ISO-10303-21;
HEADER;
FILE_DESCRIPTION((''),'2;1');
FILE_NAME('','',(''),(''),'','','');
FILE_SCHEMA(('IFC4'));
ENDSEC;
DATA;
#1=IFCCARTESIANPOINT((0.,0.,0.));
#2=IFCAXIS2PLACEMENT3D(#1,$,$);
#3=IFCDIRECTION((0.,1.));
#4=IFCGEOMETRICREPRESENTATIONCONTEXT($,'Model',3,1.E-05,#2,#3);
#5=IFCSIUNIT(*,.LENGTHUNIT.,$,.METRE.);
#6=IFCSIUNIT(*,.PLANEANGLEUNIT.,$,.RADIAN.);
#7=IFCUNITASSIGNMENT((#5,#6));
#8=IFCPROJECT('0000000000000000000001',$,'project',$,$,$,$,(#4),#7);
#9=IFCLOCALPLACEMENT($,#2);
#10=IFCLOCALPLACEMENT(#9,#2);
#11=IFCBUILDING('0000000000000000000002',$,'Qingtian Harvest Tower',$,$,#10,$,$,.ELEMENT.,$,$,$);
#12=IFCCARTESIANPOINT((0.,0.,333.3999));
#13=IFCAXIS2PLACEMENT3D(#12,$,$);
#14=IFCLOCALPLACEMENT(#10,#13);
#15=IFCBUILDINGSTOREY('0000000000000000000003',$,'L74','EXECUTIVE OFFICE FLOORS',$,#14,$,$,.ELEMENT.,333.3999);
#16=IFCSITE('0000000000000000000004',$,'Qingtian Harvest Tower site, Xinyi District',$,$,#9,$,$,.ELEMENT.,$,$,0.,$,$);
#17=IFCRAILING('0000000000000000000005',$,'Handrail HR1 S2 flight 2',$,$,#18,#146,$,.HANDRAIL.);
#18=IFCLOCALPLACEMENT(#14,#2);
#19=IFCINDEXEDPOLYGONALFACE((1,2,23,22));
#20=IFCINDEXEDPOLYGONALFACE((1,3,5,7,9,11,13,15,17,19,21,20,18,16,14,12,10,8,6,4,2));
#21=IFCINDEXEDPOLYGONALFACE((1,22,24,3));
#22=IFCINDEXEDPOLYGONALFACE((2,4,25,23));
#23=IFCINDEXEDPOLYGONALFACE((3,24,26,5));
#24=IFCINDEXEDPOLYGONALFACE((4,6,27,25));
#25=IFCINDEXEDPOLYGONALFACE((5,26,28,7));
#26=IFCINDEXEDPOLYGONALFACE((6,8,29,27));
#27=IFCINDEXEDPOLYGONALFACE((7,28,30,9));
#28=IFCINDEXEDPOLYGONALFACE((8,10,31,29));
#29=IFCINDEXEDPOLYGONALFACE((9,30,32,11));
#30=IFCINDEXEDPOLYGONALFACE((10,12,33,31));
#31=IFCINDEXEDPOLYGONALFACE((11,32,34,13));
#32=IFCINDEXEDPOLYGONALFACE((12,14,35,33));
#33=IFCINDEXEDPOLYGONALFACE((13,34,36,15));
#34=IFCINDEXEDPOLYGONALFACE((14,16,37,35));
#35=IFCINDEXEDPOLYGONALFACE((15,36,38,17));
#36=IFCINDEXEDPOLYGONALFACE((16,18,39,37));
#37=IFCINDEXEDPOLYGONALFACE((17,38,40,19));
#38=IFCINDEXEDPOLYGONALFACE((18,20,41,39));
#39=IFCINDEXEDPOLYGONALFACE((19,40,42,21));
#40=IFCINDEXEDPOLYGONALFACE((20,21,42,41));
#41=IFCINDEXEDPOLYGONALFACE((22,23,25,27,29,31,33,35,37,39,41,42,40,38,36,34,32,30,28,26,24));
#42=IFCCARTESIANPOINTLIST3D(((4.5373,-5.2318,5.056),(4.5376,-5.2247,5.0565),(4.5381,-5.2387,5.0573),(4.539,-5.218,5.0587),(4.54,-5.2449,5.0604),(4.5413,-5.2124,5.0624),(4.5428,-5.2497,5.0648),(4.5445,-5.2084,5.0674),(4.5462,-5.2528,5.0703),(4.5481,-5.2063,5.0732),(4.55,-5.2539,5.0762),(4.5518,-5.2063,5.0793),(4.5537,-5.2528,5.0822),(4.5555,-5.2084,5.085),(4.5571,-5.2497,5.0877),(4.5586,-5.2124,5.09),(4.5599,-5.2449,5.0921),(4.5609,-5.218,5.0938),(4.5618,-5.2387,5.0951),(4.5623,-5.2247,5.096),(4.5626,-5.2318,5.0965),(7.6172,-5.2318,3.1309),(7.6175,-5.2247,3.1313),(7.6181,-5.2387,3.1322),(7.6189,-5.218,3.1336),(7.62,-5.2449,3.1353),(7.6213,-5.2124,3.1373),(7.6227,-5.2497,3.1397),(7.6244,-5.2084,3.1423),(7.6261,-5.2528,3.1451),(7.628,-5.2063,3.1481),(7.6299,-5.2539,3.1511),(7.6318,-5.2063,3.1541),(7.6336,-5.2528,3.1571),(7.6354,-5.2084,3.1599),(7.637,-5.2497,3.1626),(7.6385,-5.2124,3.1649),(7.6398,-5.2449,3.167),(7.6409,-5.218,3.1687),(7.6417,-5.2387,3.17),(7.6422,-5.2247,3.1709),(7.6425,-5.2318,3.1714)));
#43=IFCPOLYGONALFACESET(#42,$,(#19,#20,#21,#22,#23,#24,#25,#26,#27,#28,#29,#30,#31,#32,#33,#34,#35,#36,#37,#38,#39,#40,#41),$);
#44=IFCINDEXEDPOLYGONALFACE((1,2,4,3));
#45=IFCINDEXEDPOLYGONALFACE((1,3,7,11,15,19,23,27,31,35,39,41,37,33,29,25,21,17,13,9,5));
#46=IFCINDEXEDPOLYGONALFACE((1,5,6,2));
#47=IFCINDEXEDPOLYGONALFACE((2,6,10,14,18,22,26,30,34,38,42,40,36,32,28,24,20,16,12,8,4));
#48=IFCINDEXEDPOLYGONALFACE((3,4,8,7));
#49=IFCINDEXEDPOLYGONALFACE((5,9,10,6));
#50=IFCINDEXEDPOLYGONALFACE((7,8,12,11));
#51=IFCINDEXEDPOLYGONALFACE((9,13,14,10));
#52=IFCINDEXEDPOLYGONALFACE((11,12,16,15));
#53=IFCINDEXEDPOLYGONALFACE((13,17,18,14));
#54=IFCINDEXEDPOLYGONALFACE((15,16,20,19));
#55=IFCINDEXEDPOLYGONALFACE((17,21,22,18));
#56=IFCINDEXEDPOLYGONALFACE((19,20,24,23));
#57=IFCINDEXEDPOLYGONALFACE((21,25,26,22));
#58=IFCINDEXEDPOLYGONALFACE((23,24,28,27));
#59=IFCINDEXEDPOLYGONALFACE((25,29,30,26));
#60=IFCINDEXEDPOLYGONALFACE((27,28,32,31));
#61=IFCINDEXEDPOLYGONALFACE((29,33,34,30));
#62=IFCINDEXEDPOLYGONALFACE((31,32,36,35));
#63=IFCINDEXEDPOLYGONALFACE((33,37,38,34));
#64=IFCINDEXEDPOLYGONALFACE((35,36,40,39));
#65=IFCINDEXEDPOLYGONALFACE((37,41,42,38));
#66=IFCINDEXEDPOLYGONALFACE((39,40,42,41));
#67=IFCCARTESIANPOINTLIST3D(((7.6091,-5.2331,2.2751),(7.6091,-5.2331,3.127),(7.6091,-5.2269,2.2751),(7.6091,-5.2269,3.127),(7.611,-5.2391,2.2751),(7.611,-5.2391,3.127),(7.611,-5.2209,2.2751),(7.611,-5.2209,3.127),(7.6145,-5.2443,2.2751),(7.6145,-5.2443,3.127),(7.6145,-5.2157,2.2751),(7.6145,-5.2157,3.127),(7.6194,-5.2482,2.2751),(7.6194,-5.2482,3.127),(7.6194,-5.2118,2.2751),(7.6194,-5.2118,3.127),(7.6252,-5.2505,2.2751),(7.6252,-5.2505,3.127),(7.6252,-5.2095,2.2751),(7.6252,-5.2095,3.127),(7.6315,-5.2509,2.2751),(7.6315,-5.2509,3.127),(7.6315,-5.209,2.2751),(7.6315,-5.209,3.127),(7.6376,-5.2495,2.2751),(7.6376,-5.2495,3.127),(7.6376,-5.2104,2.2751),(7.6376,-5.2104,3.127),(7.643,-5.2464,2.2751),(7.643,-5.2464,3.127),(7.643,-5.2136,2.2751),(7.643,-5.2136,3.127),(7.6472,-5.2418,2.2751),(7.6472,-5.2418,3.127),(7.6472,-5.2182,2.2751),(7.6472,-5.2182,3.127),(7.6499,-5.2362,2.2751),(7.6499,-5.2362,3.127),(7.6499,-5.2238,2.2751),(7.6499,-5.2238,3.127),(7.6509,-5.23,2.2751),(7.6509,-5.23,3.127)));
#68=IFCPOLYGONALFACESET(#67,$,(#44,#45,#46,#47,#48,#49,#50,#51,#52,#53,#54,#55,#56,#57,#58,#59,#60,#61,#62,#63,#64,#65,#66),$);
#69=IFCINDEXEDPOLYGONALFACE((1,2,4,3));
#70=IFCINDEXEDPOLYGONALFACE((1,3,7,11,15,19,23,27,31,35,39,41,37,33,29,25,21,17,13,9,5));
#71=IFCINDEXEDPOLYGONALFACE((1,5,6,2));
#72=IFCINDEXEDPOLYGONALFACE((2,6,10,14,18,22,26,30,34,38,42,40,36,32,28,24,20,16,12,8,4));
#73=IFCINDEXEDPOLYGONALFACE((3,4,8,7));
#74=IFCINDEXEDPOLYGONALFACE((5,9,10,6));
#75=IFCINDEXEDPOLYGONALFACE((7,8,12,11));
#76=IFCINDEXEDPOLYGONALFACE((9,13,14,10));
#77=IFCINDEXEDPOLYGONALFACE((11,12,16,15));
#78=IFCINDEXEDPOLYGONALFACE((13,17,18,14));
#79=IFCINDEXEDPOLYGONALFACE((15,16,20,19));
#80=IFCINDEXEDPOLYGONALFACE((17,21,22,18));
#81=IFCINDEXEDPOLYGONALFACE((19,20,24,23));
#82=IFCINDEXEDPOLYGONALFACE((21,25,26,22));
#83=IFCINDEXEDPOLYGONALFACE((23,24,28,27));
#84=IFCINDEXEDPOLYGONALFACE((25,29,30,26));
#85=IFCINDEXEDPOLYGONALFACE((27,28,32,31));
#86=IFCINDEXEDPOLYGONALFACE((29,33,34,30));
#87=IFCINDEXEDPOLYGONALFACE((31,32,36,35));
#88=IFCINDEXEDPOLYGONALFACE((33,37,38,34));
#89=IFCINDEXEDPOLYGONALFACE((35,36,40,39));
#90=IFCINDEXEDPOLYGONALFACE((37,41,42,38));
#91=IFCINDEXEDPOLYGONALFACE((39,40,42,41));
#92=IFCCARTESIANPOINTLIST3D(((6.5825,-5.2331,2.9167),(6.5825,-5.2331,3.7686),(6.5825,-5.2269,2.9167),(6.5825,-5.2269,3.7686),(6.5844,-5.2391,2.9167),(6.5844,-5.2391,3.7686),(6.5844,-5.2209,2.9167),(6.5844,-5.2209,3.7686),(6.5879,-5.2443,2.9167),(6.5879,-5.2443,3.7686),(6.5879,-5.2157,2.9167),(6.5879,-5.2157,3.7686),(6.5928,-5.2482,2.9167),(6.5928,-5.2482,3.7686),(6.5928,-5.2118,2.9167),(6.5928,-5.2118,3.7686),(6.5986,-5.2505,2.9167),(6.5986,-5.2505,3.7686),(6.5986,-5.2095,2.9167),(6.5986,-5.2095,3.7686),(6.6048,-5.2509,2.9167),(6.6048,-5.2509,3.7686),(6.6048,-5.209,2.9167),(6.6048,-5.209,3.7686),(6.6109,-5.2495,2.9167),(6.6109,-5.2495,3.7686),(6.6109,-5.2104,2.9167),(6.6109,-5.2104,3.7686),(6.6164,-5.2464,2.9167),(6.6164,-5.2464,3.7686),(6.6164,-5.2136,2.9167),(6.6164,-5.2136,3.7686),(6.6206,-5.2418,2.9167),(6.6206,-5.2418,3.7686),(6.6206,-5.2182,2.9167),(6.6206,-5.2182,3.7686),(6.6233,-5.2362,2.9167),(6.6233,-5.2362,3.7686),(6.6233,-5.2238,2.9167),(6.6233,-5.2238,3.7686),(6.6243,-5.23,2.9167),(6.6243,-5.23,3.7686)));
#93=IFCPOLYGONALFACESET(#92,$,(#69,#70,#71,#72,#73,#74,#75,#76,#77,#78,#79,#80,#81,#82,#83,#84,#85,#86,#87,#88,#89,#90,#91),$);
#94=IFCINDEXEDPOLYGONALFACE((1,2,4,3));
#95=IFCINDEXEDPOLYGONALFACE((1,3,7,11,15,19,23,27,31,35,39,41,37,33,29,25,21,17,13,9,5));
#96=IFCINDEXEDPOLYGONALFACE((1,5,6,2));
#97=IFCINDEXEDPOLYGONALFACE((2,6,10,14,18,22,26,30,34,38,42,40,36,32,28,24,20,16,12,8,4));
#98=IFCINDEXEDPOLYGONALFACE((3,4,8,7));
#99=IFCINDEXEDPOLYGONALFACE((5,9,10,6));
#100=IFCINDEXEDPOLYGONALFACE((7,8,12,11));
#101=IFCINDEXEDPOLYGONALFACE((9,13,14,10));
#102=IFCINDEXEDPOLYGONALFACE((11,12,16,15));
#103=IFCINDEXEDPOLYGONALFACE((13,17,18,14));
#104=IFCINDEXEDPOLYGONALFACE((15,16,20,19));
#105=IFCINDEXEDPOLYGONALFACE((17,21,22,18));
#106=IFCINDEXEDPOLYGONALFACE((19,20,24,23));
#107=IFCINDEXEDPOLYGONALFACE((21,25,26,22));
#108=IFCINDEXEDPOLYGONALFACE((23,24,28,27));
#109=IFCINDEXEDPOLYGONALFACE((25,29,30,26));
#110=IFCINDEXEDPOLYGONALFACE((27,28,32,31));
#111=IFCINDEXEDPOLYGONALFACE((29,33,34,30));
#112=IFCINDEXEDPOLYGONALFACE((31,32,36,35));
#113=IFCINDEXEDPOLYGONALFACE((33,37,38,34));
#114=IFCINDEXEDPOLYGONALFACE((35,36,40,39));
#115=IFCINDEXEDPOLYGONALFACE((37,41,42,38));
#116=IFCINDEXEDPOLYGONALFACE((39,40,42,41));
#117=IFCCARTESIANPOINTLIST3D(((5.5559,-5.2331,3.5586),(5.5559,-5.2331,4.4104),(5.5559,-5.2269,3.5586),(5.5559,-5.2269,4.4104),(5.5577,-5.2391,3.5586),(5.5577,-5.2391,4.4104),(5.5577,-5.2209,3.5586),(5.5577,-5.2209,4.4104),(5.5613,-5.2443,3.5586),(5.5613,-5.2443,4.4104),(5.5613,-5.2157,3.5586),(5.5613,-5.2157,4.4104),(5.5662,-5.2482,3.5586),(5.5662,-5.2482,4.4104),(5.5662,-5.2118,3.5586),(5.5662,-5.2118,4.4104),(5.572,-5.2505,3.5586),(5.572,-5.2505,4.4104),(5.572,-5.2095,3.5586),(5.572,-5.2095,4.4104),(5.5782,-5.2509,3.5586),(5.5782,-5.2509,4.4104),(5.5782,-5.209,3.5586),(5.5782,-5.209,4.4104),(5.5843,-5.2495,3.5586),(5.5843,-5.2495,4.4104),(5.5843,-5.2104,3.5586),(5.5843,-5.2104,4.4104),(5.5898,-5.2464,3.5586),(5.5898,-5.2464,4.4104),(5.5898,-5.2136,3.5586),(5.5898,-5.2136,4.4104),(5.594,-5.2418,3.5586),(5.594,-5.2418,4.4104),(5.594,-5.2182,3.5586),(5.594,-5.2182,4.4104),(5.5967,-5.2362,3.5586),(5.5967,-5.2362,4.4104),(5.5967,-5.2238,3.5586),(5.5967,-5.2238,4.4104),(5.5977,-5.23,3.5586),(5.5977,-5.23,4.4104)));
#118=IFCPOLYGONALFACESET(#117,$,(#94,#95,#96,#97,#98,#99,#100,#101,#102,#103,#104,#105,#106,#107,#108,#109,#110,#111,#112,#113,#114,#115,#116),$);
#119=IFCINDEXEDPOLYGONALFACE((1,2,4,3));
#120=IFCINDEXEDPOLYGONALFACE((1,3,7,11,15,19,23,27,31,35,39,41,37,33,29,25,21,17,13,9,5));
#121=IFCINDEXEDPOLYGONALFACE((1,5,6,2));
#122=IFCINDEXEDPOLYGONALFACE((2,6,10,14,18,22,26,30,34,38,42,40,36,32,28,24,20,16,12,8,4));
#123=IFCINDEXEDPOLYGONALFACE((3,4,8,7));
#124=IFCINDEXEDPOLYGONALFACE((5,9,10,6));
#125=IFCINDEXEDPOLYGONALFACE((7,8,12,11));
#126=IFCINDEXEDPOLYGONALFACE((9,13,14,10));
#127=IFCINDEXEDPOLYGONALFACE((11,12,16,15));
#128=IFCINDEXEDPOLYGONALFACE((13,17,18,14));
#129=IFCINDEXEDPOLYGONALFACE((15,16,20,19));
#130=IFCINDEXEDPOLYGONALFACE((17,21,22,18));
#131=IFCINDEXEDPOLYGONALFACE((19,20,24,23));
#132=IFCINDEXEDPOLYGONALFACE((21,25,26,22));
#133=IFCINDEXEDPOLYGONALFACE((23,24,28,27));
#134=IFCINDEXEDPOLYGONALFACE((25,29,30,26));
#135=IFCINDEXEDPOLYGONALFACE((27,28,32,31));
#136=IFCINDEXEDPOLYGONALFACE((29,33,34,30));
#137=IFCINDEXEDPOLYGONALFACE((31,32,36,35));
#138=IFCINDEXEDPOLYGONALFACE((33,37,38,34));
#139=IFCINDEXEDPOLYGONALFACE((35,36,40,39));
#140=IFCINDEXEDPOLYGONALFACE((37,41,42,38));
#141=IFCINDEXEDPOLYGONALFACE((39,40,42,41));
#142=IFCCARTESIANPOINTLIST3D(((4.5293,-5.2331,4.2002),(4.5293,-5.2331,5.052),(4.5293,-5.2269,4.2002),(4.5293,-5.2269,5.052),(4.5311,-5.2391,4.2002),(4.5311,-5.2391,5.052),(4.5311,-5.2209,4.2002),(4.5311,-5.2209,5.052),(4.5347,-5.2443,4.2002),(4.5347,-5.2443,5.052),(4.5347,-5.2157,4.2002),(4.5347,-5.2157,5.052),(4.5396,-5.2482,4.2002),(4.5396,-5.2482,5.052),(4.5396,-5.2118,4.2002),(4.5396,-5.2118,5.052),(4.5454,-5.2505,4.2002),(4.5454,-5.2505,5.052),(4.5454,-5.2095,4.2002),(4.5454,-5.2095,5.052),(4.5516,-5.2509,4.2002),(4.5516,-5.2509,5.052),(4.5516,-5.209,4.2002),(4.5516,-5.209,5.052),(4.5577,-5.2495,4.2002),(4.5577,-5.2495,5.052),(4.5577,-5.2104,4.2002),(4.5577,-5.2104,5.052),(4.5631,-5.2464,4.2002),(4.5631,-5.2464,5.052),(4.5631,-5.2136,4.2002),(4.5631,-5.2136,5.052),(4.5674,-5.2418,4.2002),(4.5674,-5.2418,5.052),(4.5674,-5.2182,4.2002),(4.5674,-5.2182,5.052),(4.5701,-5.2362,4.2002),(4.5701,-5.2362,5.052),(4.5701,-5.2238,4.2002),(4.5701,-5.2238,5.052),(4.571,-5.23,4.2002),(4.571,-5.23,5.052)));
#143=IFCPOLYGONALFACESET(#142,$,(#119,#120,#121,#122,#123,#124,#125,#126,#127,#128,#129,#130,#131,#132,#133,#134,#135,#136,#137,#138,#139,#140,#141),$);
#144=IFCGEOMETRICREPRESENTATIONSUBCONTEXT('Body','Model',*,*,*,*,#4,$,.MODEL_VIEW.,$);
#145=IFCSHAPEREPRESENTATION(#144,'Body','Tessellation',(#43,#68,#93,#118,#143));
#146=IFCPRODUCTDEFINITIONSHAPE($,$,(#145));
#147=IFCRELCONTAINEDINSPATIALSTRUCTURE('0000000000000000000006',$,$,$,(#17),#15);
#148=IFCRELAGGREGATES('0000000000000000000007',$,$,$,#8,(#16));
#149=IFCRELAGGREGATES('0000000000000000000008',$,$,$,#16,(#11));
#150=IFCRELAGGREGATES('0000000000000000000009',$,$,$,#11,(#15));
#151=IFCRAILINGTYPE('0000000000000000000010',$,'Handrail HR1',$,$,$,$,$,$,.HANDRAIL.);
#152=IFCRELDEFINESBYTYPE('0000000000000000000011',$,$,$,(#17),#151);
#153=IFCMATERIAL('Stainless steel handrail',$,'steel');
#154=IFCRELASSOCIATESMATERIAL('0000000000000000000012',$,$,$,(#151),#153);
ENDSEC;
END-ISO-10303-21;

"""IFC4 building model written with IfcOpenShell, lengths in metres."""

from ifc_helpers import new_model, si_unit, direction, frame, origin, origin_2d, place, context, subcontext, project, spatial, circle, extrude, material, type_object, element, save


model = new_model("IFC4")

# Units and contexts
model_context = context("Model", 3, precision=1e-05, world=origin(), true_north=direction((0.0, 1.0)))
body_context = subcontext(model_context, "Body", "Model", "MODEL_VIEW")
ifc_project = project(units=[si_unit("LENGTHUNIT", "METRE"), si_unit("PLANEANGLEUNIT", "RADIAN")], contexts=[model_context])

# Site, building, storey
site_placement = place(None, origin())
site = spatial("IfcSite", under=ifc_project, at=site_placement, Name="Qingtian Harvest Tower site, Xinyi District", CompositionType="ELEMENT", RefElevation=0.0)
building_placement = place(site_placement, origin())
building = spatial("IfcBuilding", under=site, at=building_placement, Name="Qingtian Harvest Tower", CompositionType="ELEMENT")
storey_placement = place(building_placement, frame((0.0, 0.0, 333.3999)))
storey = spatial("IfcBuildingStorey", under=building, at=storey_placement, Name="L74", Description="EXECUTIVE OFFICE FLOORS", CompositionType="ELEMENT", Elevation=333.3999)

# Railing
ifc_material_1 = material(Name="Stainless steel handrail", Category="steel")
railing_type = type_object("IfcRailingType", Name="Handrail HR1", PredefinedType="HANDRAIL", material=ifc_material_1)
railing_1_placement = place(storey_placement, frame((7.6299, -5.23, 2.2751)))
element("IfcRailing", 1, at=railing_1_placement, inside=storey, type_object=railing_type, Name="Handrail HR1 S2 flight 2", PredefinedType="HANDRAIL", context=body_context, shape_type="SweptSolid", body=[
    extrude(circle(Radius=0.0239, at=origin_2d()), frame((0.0, 0.0, 0.876), z_axis=(-0.847979, 0.0, 0.530029), x_axis=(0.0, -1.0, 0.0)), (0.0, 0.0, 1.0), 3.6321),
    extrude(circle(Radius=0.021, at=origin_2d()), origin(), (0.0, 0.0, 1.0), 0.8518),
    extrude(circle(Radius=0.021, at=origin_2d()), frame((-1.0266, 0.0, 0.6416)), (0.0, 0.0, 1.0), 0.8518),
    extrude(circle(Radius=0.021, at=origin_2d()), frame((-2.0532, 0.0, 1.2834)), (0.0, 0.0, 1.0), 0.8518),
    extrude(circle(Radius=0.021, at=origin_2d()), frame((-3.0798, 0.0, 1.925)), (0.0, 0.0, 1.0), 0.8518),
])

save(model, "model.ifc")
